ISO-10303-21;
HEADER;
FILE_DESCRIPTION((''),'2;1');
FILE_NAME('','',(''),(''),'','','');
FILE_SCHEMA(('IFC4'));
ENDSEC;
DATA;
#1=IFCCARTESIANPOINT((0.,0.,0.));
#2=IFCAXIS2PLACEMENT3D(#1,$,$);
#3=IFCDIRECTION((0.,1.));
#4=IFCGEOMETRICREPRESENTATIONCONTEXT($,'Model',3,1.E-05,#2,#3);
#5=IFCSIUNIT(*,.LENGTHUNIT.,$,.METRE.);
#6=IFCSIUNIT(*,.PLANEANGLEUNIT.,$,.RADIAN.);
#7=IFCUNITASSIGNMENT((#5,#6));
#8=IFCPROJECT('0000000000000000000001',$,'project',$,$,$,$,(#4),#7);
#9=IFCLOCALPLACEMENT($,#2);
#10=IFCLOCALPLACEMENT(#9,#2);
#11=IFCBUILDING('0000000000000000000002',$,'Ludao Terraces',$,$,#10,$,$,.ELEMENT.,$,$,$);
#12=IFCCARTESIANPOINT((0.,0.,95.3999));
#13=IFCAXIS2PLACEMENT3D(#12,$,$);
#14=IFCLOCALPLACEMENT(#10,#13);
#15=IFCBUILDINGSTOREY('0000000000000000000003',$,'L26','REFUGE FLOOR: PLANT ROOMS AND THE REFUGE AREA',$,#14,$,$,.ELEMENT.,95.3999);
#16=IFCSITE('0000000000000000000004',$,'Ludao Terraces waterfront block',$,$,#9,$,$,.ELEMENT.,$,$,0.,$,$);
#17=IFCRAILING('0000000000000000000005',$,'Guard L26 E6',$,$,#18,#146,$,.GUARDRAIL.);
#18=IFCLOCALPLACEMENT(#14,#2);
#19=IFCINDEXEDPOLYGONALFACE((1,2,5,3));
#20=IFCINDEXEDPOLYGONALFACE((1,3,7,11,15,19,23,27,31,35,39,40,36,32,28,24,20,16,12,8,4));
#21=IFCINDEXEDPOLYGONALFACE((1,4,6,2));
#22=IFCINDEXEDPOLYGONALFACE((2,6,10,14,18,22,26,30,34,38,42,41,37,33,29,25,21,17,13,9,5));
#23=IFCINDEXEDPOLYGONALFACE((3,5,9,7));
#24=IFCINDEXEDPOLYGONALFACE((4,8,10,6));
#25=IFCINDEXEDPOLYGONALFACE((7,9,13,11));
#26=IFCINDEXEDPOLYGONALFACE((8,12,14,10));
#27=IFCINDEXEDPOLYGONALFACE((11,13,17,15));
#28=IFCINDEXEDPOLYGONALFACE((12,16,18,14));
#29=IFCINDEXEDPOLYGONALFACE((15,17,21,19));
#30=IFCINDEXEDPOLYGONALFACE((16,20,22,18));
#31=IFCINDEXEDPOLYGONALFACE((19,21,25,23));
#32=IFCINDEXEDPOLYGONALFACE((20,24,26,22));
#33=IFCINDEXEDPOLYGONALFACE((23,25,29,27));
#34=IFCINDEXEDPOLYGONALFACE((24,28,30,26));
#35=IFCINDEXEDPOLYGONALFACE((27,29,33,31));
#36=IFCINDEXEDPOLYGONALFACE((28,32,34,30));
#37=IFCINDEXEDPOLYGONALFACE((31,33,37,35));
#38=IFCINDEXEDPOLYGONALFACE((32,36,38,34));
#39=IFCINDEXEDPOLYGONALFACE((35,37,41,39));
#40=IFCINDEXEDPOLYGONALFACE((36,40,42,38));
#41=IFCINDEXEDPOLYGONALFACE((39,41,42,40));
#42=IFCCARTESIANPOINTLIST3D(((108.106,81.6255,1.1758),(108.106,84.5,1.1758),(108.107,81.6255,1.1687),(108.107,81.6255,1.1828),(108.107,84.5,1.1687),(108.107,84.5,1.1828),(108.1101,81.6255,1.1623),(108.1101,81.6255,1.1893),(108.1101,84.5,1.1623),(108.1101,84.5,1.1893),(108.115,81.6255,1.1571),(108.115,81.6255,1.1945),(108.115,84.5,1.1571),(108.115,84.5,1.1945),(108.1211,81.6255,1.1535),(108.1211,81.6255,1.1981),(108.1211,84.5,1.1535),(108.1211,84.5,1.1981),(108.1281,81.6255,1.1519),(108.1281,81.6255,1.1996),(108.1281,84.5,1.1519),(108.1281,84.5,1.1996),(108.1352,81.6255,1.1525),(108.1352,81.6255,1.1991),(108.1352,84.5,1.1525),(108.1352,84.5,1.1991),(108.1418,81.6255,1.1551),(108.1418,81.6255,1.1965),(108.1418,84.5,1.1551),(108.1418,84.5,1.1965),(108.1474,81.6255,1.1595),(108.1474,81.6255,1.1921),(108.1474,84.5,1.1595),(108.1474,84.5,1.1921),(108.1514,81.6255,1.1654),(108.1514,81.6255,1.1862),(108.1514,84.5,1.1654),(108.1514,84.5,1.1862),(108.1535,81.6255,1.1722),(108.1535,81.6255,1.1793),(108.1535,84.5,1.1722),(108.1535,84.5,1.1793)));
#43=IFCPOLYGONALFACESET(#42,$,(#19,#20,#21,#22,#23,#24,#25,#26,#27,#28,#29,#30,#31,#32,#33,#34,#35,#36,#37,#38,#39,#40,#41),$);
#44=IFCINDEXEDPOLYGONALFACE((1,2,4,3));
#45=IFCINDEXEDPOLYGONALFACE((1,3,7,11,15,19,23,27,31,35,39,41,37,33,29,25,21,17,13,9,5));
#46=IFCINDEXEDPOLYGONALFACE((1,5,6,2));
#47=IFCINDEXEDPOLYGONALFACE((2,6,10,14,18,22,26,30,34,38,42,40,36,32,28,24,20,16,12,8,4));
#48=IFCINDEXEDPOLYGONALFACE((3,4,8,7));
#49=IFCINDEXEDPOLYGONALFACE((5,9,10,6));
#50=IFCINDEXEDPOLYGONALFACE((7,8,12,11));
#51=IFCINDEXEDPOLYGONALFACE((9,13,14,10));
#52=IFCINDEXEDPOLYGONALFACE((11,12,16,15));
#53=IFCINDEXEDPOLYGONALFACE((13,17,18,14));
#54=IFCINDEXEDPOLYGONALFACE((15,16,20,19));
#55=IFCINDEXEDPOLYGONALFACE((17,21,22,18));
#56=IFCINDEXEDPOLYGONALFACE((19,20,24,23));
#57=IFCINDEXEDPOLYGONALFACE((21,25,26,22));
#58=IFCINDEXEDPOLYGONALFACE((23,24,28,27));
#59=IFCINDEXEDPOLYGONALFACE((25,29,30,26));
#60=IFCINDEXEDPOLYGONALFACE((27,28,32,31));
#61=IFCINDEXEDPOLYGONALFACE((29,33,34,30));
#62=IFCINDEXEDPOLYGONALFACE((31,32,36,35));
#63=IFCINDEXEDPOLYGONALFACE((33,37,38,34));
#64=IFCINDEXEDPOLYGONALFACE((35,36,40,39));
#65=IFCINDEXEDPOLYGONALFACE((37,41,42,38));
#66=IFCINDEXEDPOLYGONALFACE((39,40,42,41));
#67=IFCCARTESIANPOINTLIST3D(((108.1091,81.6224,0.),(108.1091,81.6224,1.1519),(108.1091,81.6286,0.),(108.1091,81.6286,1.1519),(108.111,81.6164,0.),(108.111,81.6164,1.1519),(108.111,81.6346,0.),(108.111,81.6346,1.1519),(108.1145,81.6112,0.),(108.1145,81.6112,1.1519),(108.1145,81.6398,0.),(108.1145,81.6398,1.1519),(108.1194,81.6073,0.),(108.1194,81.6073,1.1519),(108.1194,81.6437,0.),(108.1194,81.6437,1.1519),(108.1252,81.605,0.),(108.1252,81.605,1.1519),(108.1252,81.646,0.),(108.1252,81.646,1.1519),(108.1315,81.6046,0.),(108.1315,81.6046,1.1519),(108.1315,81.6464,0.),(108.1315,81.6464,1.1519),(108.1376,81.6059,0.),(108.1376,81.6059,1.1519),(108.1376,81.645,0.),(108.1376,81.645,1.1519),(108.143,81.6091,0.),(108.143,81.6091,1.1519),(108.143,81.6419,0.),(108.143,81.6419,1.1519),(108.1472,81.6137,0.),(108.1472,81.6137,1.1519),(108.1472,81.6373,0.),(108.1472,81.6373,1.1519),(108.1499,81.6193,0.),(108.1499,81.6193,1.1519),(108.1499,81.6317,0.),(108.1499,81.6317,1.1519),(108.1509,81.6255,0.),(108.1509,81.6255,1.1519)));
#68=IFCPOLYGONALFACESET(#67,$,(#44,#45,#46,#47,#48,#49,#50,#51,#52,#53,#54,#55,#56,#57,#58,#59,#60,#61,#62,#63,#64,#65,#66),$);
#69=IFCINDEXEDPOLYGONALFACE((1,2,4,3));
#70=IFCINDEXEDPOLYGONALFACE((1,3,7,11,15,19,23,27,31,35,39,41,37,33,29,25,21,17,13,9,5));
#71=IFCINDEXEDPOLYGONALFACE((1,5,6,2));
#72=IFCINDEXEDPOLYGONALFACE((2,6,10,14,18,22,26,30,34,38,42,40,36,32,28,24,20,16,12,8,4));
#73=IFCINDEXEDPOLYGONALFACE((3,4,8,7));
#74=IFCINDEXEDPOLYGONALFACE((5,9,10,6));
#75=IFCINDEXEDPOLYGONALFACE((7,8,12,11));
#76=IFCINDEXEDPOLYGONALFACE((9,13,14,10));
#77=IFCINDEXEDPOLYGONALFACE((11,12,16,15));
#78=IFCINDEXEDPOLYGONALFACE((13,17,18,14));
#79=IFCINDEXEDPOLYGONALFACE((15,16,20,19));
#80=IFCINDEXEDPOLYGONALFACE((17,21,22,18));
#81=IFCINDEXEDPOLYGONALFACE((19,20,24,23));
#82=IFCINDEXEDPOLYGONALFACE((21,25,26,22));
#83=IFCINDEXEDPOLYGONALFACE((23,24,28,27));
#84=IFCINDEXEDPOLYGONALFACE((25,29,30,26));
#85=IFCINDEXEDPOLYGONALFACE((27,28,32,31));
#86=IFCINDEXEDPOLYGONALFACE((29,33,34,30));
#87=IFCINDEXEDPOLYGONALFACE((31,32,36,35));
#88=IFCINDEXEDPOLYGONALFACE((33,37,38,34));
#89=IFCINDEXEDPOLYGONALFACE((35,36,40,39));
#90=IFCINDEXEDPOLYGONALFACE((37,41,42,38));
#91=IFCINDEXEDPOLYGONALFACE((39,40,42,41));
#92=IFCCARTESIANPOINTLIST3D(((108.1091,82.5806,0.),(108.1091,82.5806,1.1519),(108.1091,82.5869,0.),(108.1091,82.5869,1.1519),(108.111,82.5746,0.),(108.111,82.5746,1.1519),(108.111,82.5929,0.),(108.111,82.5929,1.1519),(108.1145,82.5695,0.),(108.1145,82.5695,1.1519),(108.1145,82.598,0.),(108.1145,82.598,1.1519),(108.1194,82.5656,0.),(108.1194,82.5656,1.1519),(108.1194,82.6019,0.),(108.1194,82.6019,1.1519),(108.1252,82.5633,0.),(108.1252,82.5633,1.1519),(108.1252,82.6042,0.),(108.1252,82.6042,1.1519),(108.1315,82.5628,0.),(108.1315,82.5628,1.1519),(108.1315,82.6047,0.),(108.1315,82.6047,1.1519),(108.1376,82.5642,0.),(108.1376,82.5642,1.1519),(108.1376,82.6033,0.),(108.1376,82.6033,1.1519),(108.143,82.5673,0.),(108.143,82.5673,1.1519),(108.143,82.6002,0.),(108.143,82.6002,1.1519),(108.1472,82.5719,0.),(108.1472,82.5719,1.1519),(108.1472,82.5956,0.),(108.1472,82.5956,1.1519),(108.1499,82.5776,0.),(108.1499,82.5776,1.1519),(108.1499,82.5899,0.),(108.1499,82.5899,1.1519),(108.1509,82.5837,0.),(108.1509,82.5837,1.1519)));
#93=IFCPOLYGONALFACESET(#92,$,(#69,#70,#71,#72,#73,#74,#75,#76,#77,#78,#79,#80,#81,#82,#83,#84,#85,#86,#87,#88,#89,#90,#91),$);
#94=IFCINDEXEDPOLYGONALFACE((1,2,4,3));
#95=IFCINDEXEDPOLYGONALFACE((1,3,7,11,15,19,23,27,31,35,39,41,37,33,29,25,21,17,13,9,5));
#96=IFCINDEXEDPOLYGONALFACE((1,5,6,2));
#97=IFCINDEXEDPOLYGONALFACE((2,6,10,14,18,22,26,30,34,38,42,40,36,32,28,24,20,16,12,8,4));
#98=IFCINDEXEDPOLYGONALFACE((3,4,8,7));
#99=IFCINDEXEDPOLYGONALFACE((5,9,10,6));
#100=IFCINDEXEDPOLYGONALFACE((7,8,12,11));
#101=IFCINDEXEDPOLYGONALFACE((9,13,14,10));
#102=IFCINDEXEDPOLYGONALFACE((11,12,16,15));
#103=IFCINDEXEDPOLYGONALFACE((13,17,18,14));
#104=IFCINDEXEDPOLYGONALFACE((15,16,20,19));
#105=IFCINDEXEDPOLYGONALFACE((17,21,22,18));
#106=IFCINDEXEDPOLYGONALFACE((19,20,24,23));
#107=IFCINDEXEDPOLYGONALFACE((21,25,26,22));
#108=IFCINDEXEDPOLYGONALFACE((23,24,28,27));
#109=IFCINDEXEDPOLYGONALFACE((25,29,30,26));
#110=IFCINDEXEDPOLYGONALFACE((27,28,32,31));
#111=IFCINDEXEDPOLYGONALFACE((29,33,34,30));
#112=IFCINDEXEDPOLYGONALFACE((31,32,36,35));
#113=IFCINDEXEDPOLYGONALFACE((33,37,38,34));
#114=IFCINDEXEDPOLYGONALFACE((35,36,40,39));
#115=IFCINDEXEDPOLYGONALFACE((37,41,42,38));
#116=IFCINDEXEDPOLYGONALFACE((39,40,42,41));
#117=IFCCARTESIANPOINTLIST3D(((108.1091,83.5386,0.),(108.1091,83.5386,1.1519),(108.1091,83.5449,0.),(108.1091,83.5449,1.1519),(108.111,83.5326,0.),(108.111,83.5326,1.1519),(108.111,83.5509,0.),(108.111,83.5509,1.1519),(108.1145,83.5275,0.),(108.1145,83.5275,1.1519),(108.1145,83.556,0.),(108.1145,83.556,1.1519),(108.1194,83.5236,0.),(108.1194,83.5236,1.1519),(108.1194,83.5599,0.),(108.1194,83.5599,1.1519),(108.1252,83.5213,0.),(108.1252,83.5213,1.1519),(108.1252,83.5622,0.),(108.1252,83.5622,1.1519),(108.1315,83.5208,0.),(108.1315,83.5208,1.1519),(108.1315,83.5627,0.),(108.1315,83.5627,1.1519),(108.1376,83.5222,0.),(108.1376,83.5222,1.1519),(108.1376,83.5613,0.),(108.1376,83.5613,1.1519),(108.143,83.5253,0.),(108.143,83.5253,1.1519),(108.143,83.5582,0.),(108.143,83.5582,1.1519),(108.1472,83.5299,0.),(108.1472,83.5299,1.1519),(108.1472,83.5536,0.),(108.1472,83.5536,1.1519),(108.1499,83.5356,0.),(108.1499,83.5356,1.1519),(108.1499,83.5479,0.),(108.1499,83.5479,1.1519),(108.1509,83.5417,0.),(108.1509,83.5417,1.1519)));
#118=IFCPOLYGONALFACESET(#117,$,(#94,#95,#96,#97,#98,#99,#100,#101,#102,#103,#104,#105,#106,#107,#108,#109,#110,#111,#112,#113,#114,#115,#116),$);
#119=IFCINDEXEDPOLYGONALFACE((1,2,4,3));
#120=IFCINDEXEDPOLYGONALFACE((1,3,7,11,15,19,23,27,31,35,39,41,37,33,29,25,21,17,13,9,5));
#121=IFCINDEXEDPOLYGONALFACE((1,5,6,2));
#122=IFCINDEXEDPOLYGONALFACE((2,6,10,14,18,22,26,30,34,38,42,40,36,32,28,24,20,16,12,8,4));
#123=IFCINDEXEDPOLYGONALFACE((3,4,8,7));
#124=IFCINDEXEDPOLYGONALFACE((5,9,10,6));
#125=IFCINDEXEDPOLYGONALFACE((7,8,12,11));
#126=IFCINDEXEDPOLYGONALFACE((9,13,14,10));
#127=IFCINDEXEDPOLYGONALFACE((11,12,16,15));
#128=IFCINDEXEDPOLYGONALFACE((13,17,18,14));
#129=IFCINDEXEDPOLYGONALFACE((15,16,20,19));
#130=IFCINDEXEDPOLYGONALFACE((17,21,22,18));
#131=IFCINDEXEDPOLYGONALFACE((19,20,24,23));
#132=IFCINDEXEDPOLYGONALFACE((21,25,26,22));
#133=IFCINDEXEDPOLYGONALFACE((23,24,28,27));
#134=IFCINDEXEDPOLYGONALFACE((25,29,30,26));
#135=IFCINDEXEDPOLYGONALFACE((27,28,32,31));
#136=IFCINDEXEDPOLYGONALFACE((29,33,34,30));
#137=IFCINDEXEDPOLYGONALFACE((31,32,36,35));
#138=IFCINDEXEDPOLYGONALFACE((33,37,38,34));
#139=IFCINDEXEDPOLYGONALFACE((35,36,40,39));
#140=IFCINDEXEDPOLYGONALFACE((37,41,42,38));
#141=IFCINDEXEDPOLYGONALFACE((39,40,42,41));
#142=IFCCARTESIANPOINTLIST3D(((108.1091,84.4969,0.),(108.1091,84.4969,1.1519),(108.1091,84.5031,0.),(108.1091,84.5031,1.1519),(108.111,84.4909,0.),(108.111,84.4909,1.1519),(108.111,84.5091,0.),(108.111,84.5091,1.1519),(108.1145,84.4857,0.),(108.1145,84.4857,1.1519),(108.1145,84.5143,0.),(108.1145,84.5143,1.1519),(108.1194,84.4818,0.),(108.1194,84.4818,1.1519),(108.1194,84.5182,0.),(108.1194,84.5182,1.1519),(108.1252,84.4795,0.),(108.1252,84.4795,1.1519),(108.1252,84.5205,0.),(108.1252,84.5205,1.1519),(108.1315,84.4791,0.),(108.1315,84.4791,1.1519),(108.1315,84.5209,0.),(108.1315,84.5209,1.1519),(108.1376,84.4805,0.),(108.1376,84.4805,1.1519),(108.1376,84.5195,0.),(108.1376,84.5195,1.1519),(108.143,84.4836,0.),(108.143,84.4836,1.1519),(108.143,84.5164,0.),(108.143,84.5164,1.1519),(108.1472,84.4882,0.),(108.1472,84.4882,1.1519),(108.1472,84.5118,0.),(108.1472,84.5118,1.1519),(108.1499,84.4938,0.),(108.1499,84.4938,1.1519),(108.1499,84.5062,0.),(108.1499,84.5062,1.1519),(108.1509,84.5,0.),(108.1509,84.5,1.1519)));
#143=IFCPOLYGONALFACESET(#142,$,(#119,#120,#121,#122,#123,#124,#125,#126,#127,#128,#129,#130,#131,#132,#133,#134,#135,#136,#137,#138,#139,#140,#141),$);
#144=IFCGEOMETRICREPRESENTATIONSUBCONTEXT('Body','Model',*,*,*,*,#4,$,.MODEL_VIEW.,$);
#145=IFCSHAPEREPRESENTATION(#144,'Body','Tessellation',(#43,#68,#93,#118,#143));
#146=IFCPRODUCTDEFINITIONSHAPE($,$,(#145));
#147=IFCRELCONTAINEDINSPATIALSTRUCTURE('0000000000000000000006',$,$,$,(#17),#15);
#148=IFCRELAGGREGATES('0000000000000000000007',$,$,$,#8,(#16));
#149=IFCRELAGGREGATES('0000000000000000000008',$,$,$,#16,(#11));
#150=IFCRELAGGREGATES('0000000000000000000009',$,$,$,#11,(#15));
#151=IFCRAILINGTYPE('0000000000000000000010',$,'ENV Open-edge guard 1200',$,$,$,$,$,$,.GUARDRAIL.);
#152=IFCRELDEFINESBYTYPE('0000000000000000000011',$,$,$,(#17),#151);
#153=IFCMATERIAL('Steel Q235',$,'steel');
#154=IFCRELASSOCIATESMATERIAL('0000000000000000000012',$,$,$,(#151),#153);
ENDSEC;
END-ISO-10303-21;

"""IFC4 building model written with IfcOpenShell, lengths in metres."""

from ifc_helpers import new_model, si_unit, direction, frame, origin, origin_2d, place, context, subcontext, project, spatial, circle, extrude, material, type_object, element, save


model = new_model("IFC4")

# Units and contexts
model_context = context("Model", 3, precision=1e-05, world=origin(), true_north=direction((0.0, 1.0)))
body_context = subcontext(model_context, "Body", "Model", "MODEL_VIEW")
ifc_project = project(units=[si_unit("LENGTHUNIT", "METRE"), si_unit("PLANEANGLEUNIT", "RADIAN")], contexts=[model_context])

# Site, building, storey
site_placement = place(None, origin())
site = spatial("IfcSite", under=ifc_project, at=site_placement, Name="Ludao Terraces waterfront block", CompositionType="ELEMENT", RefElevation=0.0)
building_placement = place(site_placement, origin())
building = spatial("IfcBuilding", under=site, at=building_placement, Name="Ludao Terraces", CompositionType="ELEMENT")
storey_placement = place(building_placement, frame((0.0, 0.0, 95.3999)))
storey = spatial("IfcBuildingStorey", under=building, at=storey_placement, Name="L26", Description="REFUGE FLOOR: PLANT ROOMS AND THE REFUGE AREA", CompositionType="ELEMENT", Elevation=95.3999)

# Railing
ifc_material_1 = material(Name="Steel Q235", Category="steel")
railing_type = type_object("IfcRailingType", Name="ENV Open-edge guard 1200", PredefinedType="GUARDRAIL", material=ifc_material_1)
railing_1_placement = place(storey_placement, frame((108.1299, 81.6255, 0.0)))
element("IfcRailing", 1, at=railing_1_placement, inside=storey, type_object=railing_type, Name="Guard L26 E6", PredefinedType="GUARDRAIL", context=body_context, shape_type="SweptSolid", body=[
    extrude(circle(Radius=0.0239, at=origin_2d()), frame((0.0, 0.0, 1.1758), z_axis=(0.0, 1.0, 0.0), x_axis=(-1.0, 0.0, 0.0)), (0.0, 0.0, 1.0), 2.8745),
    extrude(circle(Radius=0.021, at=origin_2d()), origin(), (0.0, 0.0, 1.0), 1.1519),
    extrude(circle(Radius=0.021, at=origin_2d()), frame((0.0, 0.9583, 0.0)), (0.0, 0.0, 1.0), 1.1519),
    extrude(circle(Radius=0.021, at=origin_2d()), frame((0.0, 1.9163, 0.0)), (0.0, 0.0, 1.0), 1.1519),
    extrude(circle(Radius=0.021, at=origin_2d()), frame((0.0, 2.8745, 0.0)), (0.0, 0.0, 1.0), 1.1519),
])

save(model, "model.ifc")
